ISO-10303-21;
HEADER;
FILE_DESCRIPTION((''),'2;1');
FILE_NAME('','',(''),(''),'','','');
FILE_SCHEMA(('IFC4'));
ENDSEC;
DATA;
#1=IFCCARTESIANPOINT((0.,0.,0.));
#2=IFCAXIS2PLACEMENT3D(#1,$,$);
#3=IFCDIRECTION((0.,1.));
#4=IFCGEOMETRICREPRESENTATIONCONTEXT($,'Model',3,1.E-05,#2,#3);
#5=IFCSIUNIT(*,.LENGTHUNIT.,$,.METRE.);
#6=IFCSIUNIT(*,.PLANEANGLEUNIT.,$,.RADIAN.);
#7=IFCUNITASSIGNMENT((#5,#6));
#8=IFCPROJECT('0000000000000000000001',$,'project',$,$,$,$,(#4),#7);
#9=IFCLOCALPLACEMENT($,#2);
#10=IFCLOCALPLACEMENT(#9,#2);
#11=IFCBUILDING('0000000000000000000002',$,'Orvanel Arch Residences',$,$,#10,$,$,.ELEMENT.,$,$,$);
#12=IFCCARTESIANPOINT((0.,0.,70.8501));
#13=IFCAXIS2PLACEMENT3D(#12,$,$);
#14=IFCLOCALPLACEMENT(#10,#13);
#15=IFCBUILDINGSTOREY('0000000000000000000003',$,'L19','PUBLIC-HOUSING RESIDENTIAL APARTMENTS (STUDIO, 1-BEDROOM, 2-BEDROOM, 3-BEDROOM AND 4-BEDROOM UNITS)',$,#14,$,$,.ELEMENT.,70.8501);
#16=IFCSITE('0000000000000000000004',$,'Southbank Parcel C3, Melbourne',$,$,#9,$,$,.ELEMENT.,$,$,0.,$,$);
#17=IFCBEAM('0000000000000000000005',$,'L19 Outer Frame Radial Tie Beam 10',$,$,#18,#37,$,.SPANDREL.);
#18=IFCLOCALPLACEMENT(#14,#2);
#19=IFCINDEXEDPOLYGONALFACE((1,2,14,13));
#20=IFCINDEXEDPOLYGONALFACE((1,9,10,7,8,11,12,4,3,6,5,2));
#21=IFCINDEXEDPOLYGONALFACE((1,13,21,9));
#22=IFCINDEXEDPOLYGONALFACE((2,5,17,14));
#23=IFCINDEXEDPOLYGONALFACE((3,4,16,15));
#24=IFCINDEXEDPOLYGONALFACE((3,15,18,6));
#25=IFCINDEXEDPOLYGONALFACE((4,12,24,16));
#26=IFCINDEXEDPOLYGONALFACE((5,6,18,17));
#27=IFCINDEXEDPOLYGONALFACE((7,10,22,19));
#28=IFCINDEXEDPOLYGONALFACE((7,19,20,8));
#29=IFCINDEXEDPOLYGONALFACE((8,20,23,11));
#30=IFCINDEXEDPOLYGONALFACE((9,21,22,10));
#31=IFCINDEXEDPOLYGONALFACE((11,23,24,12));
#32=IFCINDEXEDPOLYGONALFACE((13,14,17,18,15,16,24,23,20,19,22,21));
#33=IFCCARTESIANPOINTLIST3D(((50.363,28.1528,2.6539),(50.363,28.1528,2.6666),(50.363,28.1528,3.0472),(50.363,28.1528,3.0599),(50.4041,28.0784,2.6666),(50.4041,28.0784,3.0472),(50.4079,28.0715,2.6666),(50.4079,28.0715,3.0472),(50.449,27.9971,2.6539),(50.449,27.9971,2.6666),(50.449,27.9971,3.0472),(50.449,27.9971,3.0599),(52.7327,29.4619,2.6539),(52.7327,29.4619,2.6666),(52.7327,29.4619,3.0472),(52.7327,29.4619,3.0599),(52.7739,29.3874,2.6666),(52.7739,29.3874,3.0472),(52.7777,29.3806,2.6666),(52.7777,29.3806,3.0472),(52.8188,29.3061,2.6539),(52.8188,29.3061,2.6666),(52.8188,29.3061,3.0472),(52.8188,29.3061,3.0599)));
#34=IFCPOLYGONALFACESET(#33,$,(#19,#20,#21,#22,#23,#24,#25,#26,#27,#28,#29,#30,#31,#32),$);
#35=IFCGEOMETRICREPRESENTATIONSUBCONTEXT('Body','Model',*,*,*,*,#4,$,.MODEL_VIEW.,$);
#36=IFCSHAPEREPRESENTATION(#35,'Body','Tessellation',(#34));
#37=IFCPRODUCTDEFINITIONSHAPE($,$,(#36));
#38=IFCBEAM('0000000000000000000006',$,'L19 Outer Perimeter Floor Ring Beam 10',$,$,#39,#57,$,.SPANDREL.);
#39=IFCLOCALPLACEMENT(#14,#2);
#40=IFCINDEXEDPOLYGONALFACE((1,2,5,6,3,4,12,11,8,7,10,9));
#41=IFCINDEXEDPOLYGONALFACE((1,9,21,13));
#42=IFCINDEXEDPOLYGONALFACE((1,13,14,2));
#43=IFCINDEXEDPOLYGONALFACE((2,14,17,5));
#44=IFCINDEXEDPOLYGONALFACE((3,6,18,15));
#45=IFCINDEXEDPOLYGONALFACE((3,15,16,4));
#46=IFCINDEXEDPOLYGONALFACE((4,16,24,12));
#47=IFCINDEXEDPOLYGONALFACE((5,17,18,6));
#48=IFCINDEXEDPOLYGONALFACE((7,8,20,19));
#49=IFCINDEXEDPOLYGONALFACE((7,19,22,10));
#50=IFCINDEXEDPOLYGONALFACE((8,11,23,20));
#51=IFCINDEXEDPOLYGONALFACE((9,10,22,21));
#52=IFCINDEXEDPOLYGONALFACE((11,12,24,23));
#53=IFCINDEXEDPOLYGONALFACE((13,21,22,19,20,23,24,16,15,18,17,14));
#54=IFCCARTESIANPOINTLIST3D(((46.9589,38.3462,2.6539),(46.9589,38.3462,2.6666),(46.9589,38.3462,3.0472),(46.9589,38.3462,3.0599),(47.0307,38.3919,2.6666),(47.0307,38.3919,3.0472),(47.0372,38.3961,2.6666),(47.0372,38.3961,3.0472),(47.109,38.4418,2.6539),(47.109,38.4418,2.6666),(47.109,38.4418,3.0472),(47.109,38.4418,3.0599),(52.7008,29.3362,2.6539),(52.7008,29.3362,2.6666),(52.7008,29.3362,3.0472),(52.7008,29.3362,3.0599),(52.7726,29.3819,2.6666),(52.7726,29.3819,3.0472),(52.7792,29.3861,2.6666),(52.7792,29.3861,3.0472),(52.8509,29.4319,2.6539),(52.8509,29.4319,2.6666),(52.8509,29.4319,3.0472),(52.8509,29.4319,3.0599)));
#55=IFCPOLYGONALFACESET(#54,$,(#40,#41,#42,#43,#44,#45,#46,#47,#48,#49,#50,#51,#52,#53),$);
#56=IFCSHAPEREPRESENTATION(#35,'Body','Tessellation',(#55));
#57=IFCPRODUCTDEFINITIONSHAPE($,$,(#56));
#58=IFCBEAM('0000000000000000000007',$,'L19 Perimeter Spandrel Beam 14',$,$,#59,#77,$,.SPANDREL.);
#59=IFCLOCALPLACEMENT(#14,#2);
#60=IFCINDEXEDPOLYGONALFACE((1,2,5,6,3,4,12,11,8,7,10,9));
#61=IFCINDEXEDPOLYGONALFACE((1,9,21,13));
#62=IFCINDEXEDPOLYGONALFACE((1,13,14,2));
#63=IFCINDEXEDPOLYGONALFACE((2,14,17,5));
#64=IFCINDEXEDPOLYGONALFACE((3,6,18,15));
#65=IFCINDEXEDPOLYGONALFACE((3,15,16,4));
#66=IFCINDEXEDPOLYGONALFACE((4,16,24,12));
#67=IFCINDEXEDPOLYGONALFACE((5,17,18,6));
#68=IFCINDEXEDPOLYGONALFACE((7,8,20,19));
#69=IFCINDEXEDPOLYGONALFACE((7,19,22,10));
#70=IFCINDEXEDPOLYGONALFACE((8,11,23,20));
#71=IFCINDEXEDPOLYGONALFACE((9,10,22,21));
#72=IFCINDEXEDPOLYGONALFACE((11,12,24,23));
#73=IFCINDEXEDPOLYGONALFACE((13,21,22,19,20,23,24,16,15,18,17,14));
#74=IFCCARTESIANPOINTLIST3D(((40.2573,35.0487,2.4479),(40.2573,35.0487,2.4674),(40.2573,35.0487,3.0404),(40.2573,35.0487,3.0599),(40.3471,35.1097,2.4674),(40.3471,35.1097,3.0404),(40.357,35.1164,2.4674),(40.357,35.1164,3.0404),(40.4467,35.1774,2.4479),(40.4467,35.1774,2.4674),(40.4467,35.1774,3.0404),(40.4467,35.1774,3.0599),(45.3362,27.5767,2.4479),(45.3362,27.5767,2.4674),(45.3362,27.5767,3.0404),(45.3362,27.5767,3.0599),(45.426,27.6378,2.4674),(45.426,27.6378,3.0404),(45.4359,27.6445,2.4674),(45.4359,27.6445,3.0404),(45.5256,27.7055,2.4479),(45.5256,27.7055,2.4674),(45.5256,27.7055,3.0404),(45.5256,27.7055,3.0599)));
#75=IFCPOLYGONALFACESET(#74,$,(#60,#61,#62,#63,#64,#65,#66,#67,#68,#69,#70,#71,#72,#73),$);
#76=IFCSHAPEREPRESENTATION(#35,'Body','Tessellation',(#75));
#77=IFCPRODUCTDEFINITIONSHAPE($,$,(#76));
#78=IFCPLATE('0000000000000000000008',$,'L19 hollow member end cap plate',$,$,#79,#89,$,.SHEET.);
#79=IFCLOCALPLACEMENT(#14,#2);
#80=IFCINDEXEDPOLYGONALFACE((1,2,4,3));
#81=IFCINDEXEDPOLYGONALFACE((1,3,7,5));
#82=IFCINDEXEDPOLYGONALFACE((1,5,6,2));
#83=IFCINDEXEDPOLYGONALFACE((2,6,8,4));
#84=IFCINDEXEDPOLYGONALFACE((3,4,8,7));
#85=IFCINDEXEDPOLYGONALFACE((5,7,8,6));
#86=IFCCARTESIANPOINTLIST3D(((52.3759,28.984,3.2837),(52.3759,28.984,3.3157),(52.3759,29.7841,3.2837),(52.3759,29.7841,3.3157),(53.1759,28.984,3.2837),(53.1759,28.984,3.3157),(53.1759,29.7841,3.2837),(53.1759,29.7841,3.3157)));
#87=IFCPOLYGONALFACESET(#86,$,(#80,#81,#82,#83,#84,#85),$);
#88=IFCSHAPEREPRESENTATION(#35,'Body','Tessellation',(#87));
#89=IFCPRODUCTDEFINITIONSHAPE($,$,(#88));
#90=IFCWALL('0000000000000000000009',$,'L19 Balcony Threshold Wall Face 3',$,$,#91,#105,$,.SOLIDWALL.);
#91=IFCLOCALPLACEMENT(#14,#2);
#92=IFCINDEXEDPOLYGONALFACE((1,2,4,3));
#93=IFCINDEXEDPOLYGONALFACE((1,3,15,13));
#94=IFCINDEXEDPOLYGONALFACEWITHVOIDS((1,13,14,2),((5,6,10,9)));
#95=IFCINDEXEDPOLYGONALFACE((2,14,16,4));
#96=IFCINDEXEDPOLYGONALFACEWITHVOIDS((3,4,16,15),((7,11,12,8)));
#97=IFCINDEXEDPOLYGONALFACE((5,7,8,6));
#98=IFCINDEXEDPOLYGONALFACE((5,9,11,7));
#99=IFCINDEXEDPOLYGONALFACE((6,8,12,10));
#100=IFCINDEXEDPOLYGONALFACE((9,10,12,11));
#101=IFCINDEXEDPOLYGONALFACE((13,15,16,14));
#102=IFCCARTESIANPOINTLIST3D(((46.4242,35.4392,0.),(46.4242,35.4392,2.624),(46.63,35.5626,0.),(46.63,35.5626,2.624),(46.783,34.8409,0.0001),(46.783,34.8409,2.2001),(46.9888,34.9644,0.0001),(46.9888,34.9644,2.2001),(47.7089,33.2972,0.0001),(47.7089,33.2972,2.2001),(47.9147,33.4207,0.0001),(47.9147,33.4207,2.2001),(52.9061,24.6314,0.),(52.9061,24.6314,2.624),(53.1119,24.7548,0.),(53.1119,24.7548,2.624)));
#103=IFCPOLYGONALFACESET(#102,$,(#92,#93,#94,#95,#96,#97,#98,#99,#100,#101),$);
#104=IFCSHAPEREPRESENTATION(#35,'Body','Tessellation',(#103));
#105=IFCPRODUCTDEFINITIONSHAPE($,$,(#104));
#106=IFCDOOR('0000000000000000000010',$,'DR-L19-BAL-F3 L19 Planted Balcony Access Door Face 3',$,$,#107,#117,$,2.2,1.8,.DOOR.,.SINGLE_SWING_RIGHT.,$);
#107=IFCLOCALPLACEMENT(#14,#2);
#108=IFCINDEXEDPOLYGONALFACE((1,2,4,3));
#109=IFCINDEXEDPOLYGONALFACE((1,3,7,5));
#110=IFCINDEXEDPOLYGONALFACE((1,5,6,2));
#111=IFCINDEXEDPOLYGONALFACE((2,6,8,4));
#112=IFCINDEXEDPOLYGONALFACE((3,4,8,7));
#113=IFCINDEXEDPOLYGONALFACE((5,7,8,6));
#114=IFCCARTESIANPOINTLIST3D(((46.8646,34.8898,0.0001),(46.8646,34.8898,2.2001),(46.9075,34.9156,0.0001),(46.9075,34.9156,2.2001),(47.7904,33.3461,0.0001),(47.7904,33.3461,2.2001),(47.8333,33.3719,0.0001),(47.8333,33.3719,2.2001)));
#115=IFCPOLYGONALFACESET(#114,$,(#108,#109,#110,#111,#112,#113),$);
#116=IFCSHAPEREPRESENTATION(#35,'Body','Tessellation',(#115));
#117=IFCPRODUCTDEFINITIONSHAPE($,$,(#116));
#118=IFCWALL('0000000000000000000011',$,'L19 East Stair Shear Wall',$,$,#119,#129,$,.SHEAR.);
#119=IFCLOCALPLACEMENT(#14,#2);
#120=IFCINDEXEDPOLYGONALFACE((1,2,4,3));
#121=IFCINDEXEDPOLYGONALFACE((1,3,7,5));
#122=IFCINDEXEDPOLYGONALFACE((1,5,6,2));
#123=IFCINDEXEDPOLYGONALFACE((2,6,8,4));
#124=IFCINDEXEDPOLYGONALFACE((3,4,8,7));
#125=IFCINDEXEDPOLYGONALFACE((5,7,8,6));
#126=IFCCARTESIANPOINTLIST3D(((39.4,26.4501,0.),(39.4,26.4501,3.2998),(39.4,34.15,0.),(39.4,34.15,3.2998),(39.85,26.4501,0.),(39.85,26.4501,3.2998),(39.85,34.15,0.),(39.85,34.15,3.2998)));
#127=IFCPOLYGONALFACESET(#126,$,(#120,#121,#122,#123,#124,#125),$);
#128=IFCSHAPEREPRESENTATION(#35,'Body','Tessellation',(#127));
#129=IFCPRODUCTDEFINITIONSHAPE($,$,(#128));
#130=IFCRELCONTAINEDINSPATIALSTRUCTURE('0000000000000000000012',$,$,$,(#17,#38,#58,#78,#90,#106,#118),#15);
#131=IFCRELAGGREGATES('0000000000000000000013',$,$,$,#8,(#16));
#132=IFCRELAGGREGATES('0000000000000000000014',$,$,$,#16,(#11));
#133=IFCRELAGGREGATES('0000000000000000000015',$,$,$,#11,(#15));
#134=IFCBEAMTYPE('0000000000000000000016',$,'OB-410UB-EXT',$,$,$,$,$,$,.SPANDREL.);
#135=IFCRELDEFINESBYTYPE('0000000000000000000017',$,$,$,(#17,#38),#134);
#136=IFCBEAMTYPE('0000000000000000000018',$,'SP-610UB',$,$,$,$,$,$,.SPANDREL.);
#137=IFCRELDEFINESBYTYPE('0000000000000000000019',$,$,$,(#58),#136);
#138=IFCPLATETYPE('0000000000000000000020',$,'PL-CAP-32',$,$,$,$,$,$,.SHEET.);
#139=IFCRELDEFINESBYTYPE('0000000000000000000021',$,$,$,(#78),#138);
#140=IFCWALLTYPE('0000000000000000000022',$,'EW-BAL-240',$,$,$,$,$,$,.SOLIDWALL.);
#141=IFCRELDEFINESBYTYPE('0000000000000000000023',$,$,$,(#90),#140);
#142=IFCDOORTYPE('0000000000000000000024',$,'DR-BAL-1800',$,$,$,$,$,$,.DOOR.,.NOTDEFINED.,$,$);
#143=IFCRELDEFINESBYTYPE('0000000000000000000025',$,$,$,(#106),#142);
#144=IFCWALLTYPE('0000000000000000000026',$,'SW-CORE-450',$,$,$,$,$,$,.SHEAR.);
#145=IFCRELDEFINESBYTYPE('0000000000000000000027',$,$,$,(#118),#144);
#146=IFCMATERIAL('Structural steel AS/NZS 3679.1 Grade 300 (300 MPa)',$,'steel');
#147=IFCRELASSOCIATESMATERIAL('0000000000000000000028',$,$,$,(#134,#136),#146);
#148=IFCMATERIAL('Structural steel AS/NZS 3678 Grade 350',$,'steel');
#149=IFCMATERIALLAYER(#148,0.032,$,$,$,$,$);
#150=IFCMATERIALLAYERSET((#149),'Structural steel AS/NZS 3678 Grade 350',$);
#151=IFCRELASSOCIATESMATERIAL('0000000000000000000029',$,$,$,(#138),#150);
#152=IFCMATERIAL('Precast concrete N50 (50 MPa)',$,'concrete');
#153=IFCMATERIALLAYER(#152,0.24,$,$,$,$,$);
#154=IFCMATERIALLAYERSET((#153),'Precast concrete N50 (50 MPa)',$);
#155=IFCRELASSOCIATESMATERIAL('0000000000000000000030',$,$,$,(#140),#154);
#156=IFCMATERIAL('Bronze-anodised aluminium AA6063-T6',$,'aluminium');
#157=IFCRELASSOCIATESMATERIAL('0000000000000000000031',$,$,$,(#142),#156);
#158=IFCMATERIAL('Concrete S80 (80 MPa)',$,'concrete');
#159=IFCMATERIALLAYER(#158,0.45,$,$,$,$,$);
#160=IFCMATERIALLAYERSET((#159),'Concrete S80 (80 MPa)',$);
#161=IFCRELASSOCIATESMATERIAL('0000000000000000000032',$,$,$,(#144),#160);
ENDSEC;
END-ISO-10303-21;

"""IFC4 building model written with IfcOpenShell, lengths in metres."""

from ifc_helpers import new_model, si_unit, direction, frame, frame_2d, origin, origin_2d, place, context, subcontext, project, spatial, rectangle, i_section, extrude, material, layer, layer_set, material_profile, profile_set, type_object, element, fill, save


model = new_model("IFC4")

# Units and contexts
model_context = context("Model", 3, precision=1e-05, world=origin(), true_north=direction((0.0, 1.0)))
body_context = subcontext(model_context, "Body", "Model", "MODEL_VIEW")
ifc_project = project(units=[si_unit("LENGTHUNIT", "METRE"), si_unit("PLANEANGLEUNIT", "RADIAN")], contexts=[model_context])

# Site, building, storey
site_placement = place(None, origin())
site = spatial("IfcSite", under=ifc_project, at=site_placement, Name="Southbank Parcel C3, Melbourne", CompositionType="ELEMENT", RefElevation=0.0)
building_placement = place(site_placement, origin())
building = spatial("IfcBuilding", under=site, at=building_placement, Name="Orvanel Arch Residences", CompositionType="ELEMENT")
storey_placement = place(building_placement, frame((0.0, 0.0, 70.8501)))
storey = spatial("IfcBuildingStorey", under=building, at=storey_placement, Name="L19", Description="PUBLIC-HOUSING RESIDENTIAL APARTMENTS (STUDIO, 1-BEDROOM, 2-BEDROOM, 3-BEDROOM AND 4-BEDROOM UNITS)", CompositionType="ELEMENT", Elevation=70.8501)

# Shared definitions
ifc_material_1 = material(Name="Structural steel AS/NZS 3679.1 Grade 300 (300 MPa)", Category="steel")

# Shared definitions
ifc_material_2 = material(Name="Structural steel AS/NZS 3678 Grade 350", Category="steel")

# Shared definitions
ifc_material_3 = material(Name="Bronze-anodised aluminium AA6063-T6", Category="aluminium")

# Beams
ifc_material_profile_1 = material_profile(ifc_material_1, i_section(OverallWidth=0.178, OverallDepth=0.406, WebThickness=0.0078, FlangeThickness=0.0127, at=origin_2d()), Name="410UB59.7")
ifc_profile_set_1 = profile_set([ifc_material_profile_1], Name="Structural steel AS/NZS 3679.1 Grade 300 (300 MPa)")
beam_type_1 = type_object("IfcBeamType", Name="OB-410UB-EXT", PredefinedType="SPANDREL", material=ifc_profile_set_1)
beam_1_placement = place(storey_placement, frame((50.406, 28.075, 2.8569), z_axis=(0.875333, 0.483521, 0.0), x_axis=(-0.483521, 0.875333, 0.0)))
element("IfcBeam", 1, at=beam_1_placement, inside=storey, type_object=beam_type_1, Name="L19 Outer Frame Radial Tie Beam 10", PredefinedType="SPANDREL", context=body_context, shape_type="SweptSolid", body=[
    extrude(i_section(OverallWidth=0.178, OverallDepth=0.406, WebThickness=0.0078, FlangeThickness=0.0127, at=origin_2d()), origin(), (0.0, 0.0, 1.0), 2.7073),
])
beam_2_placement = place(storey_placement, frame((52.7759, 29.384, 2.8569), z_axis=(-0.537428, 0.843309, 0.0), x_axis=(-0.843309, -0.537428, 0.0)))
element("IfcBeam", 2, at=beam_2_placement, inside=storey, type_object=beam_type_1, Name="L19 Outer Perimeter Floor Ring Beam 10", PredefinedType="SPANDREL", context=body_context, shape_type="SweptSolid", body=[
    extrude(i_section(OverallWidth=0.178, OverallDepth=0.406, WebThickness=0.0078, FlangeThickness=0.0127, at=origin_2d()), origin(), (0.0, 0.0, 1.0), 10.6841),
])
ifc_material_profile_2 = material_profile(ifc_material_1, i_section(OverallWidth=0.229, OverallDepth=0.6121, WebThickness=0.012, FlangeThickness=0.0195, at=origin_2d()), Name="610UB125")
ifc_profile_set_2 = profile_set([ifc_material_profile_2], Name="Structural steel AS/NZS 3679.1 Grade 300 (300 MPa)")
beam_type_2 = type_object("IfcBeamType", Name="SP-610UB", PredefinedType="SPANDREL", material=ifc_profile_set_2)
beam_3_placement = place(storey_placement, frame((45.4309, 27.6411, 2.7539), z_axis=(-0.562155, 0.827032, 0.0), x_axis=(-0.827032, -0.562155, 0.0)))
element("IfcBeam", 3, at=beam_3_placement, inside=storey, type_object=beam_type_2, Name="L19 Perimeter Spandrel Beam 14", PredefinedType="SPANDREL", context=body_context, shape_type="SweptSolid", body=[
    extrude(i_section(OverallWidth=0.229, OverallDepth=0.6121, WebThickness=0.012, FlangeThickness=0.0195, at=origin_2d()), origin(), (0.0, 0.0, 1.0), 9.0347),
])

# Plate
ifc_layer_1 = layer(ifc_material_2, 0.032)
ifc_layer_set_1 = layer_set([ifc_layer_1], Name="Structural steel AS/NZS 3678 Grade 350")
plate_type = type_object("IfcPlateType", Name="PL-CAP-32", PredefinedType="SHEET", material=ifc_layer_set_1)
plate_placement = place(storey_placement, frame((52.7759, 29.384, 3.2837), z_axis=(0.0, 0.0, 1.0), x_axis=(1.0, 0.0, 0.0)))
element("IfcPlate", 4, at=plate_placement, inside=storey, type_object=plate_type, Name="L19 hollow member end cap plate", PredefinedType="SHEET", context=body_context, shape_type="SweptSolid", body=[
    extrude(rectangle(XDim=0.8, YDim=0.8, at=origin_2d()), origin(), (0.0, 0.0, 1.0), 0.032),
])

# Wall, opening, door
ifc_material_4 = material(Name="Precast concrete N50 (50 MPa)", Category="concrete")
ifc_layer_2 = layer(ifc_material_4, 0.24)
ifc_layer_set_2 = layer_set([ifc_layer_2], Name="Precast concrete N50 (50 MPa)")
wall_type_1 = type_object("IfcWallType", Name="EW-BAL-240", PredefinedType="SOLIDWALL", material=ifc_layer_set_2)
wall_1_placement = place(storey_placement, frame((53.009, 24.6931, 0.0), z_axis=(0.0, 0.0, 1.0), x_axis=(-0.514333, 0.85759, 0.0)))
wall_1 = element("IfcWall", 5, at=wall_1_placement, inside=storey, type_object=wall_type_1, Name="L19 Balcony Threshold Wall Face 3", PredefinedType="SOLIDWALL", context=body_context, shape_type="SweptSolid", body=[
    extrude(rectangle(XDim=12.6025, YDim=0.24, at=frame_2d((6.3013, 0.0))), origin(), (0.0, 0.0, 1.0), 2.624),
])
opening_placement = place(wall_1_placement, frame((10.105, 0.0, 0.0)))
opening = element("IfcOpeningElement", 6, at=opening_placement, cuts=wall_1, PredefinedType="OPENING", context=body_context, shape_type="SweptSolid", body=[
    extrude(rectangle(XDim=1.8, YDim=2.2, at=frame_2d((0.8999, 1.1001))), frame((0.0, 0.1299, 0.0), z_axis=(0.0, -1.0, 0.0), x_axis=(1.0, 0.0, 0.0)), (0.0, 0.0, 1.0), 0.26),
])
door_type = type_object("IfcDoorType", Name="DR-BAL-1800", OperationType="NOTDEFINED", PredefinedType="DOOR", material=ifc_material_3)
door_placement = place(opening_placement, origin())
door = element("IfcDoor", 7, at=door_placement, inside=storey, type_object=door_type, Name="DR-L19-BAL-F3 L19 Planted Balcony Access Door Face 3", OperationType="SINGLE_SWING_RIGHT", OverallHeight=2.2, OverallWidth=1.8, PredefinedType="DOOR", context=body_context, shape_type="SweptSolid", body=[
    extrude(rectangle(XDim=1.8, YDim=2.2, at=frame_2d((0.8999, 1.1001))), frame((0.0, 0.0249, 0.0), z_axis=(0.0, -1.0, 0.0), x_axis=(1.0, 0.0, 0.0)), (0.0, 0.0, 1.0), 0.05),
])
fill(opening, door)

# Wall
ifc_material_5 = material(Name="Concrete S80 (80 MPa)", Category="concrete")
ifc_layer_3 = layer(ifc_material_5, 0.45)
ifc_layer_set_3 = layer_set([ifc_layer_3], Name="Concrete S80 (80 MPa)")
wall_type_2 = type_object("IfcWallType", Name="SW-CORE-450", PredefinedType="SHEAR", material=ifc_layer_set_3)
wall_2_placement = place(storey_placement, frame((39.625, 26.45, 0.0), z_axis=(0.0, 0.0, 1.0), x_axis=(0.0, 1.0, 0.0)))
element("IfcWall", 8, at=wall_2_placement, inside=storey, type_object=wall_type_2, Name="L19 East Stair Shear Wall", PredefinedType="SHEAR", context=body_context, shape_type="SweptSolid", body=[
    extrude(rectangle(XDim=7.7, YDim=0.45, at=frame_2d((3.8501, 0.0))), origin(), (0.0, 0.0, 1.0), 3.2998),
])

save(model, "model.ifc")
